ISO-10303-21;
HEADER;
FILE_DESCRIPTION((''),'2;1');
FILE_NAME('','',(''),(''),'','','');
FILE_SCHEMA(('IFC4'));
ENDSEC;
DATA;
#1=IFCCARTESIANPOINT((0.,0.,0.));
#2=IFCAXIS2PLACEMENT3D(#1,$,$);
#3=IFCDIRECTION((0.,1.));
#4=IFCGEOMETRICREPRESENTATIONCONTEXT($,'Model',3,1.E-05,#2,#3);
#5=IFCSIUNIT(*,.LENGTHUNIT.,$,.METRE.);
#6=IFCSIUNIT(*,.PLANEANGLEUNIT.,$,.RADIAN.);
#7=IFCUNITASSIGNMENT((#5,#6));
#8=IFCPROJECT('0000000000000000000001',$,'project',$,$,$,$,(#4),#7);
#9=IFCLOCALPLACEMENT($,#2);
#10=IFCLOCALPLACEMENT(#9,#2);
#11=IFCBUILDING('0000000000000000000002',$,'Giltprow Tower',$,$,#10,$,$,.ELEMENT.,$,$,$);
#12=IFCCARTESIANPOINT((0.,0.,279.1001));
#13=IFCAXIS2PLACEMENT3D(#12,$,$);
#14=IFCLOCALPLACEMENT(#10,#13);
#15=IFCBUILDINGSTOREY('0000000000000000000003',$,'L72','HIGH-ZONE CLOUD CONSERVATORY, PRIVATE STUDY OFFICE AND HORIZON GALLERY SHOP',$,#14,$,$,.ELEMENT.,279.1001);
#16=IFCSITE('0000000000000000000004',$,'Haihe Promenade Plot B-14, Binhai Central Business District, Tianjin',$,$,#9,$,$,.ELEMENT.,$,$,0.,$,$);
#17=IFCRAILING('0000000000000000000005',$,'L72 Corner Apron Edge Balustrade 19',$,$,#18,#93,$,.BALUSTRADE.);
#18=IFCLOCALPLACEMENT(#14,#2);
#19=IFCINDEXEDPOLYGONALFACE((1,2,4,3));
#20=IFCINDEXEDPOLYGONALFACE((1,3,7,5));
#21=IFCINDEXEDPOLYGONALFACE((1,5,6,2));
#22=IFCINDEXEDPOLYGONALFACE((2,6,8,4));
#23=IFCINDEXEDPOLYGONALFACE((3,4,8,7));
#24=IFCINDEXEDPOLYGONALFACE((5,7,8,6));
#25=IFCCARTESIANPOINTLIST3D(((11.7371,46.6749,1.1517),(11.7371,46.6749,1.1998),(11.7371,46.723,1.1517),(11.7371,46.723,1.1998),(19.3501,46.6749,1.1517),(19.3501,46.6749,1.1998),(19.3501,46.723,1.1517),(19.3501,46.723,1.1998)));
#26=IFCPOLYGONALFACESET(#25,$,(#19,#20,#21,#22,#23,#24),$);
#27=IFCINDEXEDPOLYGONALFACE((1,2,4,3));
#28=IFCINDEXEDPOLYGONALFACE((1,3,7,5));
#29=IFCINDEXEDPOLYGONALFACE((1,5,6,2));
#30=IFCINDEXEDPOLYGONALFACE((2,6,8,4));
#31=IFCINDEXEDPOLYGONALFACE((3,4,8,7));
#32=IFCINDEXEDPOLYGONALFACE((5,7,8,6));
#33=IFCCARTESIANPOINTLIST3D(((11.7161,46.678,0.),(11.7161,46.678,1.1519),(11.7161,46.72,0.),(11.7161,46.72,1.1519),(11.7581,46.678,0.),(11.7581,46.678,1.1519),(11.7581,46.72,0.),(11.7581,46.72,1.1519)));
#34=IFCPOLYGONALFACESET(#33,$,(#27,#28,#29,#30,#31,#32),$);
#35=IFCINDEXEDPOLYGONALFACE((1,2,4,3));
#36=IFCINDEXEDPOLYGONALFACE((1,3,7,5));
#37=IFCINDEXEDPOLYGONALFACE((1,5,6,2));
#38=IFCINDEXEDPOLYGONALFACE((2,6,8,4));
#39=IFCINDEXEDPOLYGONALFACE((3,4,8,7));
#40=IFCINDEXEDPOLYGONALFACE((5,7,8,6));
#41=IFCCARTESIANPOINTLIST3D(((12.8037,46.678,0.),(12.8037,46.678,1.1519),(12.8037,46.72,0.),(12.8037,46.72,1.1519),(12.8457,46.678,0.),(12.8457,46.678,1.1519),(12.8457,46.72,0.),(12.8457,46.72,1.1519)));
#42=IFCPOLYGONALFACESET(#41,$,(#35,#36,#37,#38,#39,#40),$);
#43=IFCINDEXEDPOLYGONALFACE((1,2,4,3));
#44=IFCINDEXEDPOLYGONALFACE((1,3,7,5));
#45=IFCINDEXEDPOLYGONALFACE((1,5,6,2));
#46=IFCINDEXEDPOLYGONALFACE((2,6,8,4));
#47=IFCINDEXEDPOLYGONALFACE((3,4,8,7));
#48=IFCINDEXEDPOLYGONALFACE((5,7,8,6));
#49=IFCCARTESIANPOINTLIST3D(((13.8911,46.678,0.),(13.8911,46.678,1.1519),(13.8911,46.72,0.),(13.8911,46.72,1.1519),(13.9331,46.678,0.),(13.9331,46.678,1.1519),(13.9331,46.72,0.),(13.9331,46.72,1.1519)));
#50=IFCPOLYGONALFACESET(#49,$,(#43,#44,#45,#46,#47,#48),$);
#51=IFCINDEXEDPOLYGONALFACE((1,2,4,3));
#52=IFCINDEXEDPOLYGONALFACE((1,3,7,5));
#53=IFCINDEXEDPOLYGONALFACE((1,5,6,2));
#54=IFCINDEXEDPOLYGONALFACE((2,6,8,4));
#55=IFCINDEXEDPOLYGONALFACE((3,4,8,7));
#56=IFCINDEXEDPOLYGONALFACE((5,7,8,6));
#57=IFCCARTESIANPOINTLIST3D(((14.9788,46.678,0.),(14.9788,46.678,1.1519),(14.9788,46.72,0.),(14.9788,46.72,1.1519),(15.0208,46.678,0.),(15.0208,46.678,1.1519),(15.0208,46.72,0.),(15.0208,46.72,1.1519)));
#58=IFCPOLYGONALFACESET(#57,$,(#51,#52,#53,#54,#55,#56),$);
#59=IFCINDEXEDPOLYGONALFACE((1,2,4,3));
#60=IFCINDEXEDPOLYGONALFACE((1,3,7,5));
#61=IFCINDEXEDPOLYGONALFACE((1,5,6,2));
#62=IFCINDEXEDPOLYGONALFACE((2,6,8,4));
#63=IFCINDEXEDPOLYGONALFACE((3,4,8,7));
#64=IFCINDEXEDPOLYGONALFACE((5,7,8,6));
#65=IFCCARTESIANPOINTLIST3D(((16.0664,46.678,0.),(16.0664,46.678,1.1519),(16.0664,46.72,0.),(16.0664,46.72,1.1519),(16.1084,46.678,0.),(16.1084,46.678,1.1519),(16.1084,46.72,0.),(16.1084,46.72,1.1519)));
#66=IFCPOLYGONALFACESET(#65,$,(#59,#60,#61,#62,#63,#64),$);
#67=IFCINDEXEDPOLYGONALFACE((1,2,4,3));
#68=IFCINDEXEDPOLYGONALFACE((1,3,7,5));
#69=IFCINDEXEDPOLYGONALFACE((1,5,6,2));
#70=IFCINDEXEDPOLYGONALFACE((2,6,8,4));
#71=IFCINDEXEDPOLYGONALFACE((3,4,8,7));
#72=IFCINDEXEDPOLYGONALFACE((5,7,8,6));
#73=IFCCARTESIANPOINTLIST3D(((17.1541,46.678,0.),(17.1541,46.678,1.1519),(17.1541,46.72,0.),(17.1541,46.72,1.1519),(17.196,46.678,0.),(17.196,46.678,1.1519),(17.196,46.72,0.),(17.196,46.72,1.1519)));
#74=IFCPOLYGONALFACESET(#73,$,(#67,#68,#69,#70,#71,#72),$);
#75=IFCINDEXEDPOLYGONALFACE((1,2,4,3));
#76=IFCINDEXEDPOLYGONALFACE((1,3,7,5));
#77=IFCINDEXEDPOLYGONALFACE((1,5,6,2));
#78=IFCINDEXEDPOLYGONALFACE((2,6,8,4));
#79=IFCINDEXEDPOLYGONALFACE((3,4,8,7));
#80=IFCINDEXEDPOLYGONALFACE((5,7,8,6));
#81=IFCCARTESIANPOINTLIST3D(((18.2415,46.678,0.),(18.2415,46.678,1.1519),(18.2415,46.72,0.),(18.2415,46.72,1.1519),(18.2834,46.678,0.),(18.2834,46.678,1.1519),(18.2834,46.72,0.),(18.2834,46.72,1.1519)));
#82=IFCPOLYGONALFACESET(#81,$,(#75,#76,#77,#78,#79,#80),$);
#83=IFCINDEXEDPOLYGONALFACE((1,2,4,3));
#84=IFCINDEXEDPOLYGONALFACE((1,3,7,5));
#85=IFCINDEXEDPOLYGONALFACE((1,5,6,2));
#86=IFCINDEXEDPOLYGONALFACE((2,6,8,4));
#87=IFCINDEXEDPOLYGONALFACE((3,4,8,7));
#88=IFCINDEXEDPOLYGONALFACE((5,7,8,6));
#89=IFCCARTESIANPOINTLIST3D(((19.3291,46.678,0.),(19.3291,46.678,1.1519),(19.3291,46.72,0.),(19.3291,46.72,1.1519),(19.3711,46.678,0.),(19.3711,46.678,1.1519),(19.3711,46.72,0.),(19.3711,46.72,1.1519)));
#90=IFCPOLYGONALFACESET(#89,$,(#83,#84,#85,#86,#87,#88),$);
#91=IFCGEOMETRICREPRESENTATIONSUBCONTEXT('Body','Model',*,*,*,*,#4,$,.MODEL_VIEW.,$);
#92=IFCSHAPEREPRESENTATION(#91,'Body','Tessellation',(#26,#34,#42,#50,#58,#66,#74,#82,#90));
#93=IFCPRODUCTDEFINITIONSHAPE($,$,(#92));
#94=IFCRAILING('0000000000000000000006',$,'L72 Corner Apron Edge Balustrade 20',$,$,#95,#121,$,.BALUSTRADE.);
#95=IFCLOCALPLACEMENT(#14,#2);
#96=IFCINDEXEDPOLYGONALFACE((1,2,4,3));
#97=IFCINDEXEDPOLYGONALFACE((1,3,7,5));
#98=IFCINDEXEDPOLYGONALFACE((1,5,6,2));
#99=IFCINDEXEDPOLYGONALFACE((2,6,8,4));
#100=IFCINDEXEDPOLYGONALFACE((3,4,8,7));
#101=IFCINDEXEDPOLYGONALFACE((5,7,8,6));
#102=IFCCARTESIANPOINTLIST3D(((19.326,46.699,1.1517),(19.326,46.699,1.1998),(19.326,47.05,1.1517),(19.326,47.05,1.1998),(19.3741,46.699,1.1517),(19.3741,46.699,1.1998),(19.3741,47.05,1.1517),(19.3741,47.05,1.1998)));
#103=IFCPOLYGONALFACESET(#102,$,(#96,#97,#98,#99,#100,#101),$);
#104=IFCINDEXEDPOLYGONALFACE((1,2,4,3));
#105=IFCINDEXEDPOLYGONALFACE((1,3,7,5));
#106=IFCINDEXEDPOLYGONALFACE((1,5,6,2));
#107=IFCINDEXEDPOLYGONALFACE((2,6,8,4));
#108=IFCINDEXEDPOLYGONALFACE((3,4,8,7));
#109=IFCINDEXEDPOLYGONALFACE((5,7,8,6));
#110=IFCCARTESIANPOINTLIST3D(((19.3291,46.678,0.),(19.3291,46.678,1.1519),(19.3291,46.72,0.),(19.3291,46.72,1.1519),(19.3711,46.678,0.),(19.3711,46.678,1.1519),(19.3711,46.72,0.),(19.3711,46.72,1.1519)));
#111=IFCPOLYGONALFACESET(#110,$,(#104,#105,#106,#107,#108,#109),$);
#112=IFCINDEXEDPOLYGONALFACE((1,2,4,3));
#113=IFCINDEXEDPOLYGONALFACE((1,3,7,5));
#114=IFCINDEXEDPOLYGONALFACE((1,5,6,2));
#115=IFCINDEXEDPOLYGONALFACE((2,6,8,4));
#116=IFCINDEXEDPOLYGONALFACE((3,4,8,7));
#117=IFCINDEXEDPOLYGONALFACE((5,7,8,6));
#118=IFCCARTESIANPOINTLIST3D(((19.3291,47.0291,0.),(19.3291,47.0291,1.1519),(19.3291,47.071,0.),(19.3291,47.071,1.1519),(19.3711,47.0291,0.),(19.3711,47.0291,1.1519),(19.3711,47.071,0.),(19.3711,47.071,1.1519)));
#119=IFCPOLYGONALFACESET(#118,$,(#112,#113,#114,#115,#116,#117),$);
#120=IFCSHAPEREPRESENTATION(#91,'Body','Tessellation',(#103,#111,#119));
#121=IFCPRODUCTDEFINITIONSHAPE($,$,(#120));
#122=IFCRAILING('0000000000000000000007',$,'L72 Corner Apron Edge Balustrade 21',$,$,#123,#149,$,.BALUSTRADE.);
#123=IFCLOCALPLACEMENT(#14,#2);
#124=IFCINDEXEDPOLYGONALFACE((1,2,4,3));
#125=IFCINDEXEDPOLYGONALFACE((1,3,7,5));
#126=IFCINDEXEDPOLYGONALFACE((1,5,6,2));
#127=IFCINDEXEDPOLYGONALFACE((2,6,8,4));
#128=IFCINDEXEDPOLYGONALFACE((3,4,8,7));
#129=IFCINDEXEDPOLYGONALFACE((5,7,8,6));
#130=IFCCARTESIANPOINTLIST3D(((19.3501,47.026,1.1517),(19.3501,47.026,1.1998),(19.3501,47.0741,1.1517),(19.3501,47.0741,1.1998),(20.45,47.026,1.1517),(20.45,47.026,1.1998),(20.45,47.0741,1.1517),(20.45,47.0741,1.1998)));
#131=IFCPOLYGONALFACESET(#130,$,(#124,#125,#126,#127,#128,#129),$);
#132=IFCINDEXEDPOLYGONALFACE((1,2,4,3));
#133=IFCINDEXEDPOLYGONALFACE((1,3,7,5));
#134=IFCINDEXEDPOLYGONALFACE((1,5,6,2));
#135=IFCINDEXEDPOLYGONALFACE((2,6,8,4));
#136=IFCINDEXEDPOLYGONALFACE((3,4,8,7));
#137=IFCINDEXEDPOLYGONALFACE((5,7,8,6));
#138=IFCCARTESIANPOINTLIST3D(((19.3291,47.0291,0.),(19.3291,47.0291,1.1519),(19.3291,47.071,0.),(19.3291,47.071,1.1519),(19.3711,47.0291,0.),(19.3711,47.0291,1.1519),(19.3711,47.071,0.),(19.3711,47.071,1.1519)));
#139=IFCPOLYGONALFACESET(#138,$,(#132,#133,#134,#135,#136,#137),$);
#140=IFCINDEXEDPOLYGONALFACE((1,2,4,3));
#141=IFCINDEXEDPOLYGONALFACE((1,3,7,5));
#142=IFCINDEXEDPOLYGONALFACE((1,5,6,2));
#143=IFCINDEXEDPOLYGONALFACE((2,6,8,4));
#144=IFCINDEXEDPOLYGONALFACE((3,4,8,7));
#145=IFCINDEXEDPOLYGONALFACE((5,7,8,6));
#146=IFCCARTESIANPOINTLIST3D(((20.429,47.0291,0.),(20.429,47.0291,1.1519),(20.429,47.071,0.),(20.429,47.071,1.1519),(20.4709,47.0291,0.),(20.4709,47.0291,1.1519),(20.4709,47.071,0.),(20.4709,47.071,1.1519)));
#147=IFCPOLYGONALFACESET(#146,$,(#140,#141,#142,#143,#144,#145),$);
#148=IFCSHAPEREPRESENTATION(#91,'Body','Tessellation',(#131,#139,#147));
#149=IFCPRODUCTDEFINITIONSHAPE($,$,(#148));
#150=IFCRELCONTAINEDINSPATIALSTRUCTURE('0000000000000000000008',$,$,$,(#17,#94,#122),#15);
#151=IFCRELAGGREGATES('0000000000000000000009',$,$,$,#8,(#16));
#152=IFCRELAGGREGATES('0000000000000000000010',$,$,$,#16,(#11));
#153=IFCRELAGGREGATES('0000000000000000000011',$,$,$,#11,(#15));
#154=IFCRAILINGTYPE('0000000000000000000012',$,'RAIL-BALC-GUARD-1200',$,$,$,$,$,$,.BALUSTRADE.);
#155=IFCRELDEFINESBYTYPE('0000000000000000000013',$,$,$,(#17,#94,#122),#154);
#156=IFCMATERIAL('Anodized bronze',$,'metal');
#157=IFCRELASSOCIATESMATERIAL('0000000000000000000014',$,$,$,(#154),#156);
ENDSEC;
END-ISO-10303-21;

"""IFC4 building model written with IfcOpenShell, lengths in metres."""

from ifc_helpers import new_model, si_unit, direction, frame, origin, origin_2d, place, context, subcontext, project, spatial, rectangle, extrude, material, type_object, element, save


model = new_model("IFC4")

# Units and contexts
model_context = context("Model", 3, precision=1e-05, world=origin(), true_north=direction((0.0, 1.0)))
body_context = subcontext(model_context, "Body", "Model", "MODEL_VIEW")
ifc_project = project(units=[si_unit("LENGTHUNIT", "METRE"), si_unit("PLANEANGLEUNIT", "RADIAN")], contexts=[model_context])

# Site, building, storey
site_placement = place(None, origin())
site = spatial("IfcSite", under=ifc_project, at=site_placement, Name="Haihe Promenade Plot B-14, Binhai Central Business District, Tianjin", CompositionType="ELEMENT", RefElevation=0.0)
building_placement = place(site_placement, origin())
building = spatial("IfcBuilding", under=site, at=building_placement, Name="Giltprow Tower", CompositionType="ELEMENT")
storey_placement = place(building_placement, frame((0.0, 0.0, 279.1001)))
storey = spatial("IfcBuildingStorey", under=building, at=storey_placement, Name="L72", Description="HIGH-ZONE CLOUD CONSERVATORY, PRIVATE STUDY OFFICE AND HORIZON GALLERY SHOP", CompositionType="ELEMENT", Elevation=279.1001)

# Railings
ifc_material_1 = material(Name="Anodized bronze", Category="metal")
railing_type = type_object("IfcRailingType", Name="RAIL-BALC-GUARD-1200", PredefinedType="BALUSTRADE", material=ifc_material_1)
railing_1_placement = place(storey_placement, frame((11.7371, 46.699, 0.0)))
element("IfcRailing", 1, at=railing_1_placement, inside=storey, type_object=railing_type, Name="L72 Corner Apron Edge Balustrade 19", PredefinedType="BALUSTRADE", context=body_context, shape_type="SweptSolid", body=[
    extrude(rectangle(XDim=0.0481, YDim=0.0481, at=origin_2d()), frame((0.0, 0.0, 1.1758), z_axis=(1.0, 0.0, 0.0), x_axis=(0.0, 1.0, 0.0)), (0.0, 0.0, 1.0), 7.613),
    extrude(rectangle(XDim=0.042, YDim=0.042, at=origin_2d()), origin(), (0.0, 0.0, 1.0), 1.1519),
    extrude(rectangle(XDim=0.042, YDim=0.042, at=origin_2d()), frame((1.0876, 0.0, 0.0)), (0.0, 0.0, 1.0), 1.1519),
    extrude(rectangle(XDim=0.042, YDim=0.042, at=origin_2d()), frame((2.175, 0.0, 0.0)), (0.0, 0.0, 1.0), 1.1519),
    extrude(rectangle(XDim=0.042, YDim=0.042, at=origin_2d()), frame((3.2627, 0.0, 0.0)), (0.0, 0.0, 1.0), 1.1519),
    extrude(rectangle(XDim=0.042, YDim=0.042, at=origin_2d()), frame((4.3503, 0.0, 0.0)), (0.0, 0.0, 1.0), 1.1519),
    extrude(rectangle(XDim=0.042, YDim=0.042, at=origin_2d()), frame((5.438, 0.0, 0.0)), (0.0, 0.0, 1.0), 1.1519),
    extrude(rectangle(XDim=0.042, YDim=0.042, at=origin_2d()), frame((6.5254, 0.0, 0.0)), (0.0, 0.0, 1.0), 1.1519),
    extrude(rectangle(XDim=0.042, YDim=0.042, at=origin_2d()), frame((7.613, 0.0, 0.0)), (0.0, 0.0, 1.0), 1.1519),
])
railing_2_placement = place(storey_placement, frame((19.3501, 46.699, 0.0)))
element("IfcRailing", 2, at=railing_2_placement, inside=storey, type_object=railing_type, Name="L72 Corner Apron Edge Balustrade 20", PredefinedType="BALUSTRADE", context=body_context, shape_type="SweptSolid", body=[
    extrude(rectangle(XDim=0.0481, YDim=0.0481, at=origin_2d()), frame((0.0, 0.0, 1.1758), z_axis=(0.0, 1.0, 0.0), x_axis=(-1.0, 0.0, 0.0)), (0.0, 0.0, 1.0), 0.3511),
    extrude(rectangle(XDim=0.042, YDim=0.042, at=origin_2d()), origin(), (0.0, 0.0, 1.0), 1.1519),
    extrude(rectangle(XDim=0.042, YDim=0.042, at=origin_2d()), frame((0.0, 0.3511, 0.0)), (0.0, 0.0, 1.0), 1.1519),
])
railing_3_placement = place(storey_placement, frame((19.3501, 47.05, 0.0)))
element("IfcRailing", 3, at=railing_3_placement, inside=storey, type_object=railing_type, Name="L72 Corner Apron Edge Balustrade 21", PredefinedType="BALUSTRADE", context=body_context, shape_type="SweptSolid", body=[
    extrude(rectangle(XDim=0.0481, YDim=0.0481, at=origin_2d()), frame((0.0, 0.0, 1.1758), z_axis=(1.0, 0.0, 0.0), x_axis=(0.0, 1.0, 0.0)), (0.0, 0.0, 1.0), 1.0999),
    extrude(rectangle(XDim=0.042, YDim=0.042, at=origin_2d()), origin(), (0.0, 0.0, 1.0), 1.1519),
    extrude(rectangle(XDim=0.042, YDim=0.042, at=origin_2d()), frame((1.0999, 0.0, 0.0)), (0.0, 0.0, 1.0), 1.1519),
])

save(model, "model.ifc")
